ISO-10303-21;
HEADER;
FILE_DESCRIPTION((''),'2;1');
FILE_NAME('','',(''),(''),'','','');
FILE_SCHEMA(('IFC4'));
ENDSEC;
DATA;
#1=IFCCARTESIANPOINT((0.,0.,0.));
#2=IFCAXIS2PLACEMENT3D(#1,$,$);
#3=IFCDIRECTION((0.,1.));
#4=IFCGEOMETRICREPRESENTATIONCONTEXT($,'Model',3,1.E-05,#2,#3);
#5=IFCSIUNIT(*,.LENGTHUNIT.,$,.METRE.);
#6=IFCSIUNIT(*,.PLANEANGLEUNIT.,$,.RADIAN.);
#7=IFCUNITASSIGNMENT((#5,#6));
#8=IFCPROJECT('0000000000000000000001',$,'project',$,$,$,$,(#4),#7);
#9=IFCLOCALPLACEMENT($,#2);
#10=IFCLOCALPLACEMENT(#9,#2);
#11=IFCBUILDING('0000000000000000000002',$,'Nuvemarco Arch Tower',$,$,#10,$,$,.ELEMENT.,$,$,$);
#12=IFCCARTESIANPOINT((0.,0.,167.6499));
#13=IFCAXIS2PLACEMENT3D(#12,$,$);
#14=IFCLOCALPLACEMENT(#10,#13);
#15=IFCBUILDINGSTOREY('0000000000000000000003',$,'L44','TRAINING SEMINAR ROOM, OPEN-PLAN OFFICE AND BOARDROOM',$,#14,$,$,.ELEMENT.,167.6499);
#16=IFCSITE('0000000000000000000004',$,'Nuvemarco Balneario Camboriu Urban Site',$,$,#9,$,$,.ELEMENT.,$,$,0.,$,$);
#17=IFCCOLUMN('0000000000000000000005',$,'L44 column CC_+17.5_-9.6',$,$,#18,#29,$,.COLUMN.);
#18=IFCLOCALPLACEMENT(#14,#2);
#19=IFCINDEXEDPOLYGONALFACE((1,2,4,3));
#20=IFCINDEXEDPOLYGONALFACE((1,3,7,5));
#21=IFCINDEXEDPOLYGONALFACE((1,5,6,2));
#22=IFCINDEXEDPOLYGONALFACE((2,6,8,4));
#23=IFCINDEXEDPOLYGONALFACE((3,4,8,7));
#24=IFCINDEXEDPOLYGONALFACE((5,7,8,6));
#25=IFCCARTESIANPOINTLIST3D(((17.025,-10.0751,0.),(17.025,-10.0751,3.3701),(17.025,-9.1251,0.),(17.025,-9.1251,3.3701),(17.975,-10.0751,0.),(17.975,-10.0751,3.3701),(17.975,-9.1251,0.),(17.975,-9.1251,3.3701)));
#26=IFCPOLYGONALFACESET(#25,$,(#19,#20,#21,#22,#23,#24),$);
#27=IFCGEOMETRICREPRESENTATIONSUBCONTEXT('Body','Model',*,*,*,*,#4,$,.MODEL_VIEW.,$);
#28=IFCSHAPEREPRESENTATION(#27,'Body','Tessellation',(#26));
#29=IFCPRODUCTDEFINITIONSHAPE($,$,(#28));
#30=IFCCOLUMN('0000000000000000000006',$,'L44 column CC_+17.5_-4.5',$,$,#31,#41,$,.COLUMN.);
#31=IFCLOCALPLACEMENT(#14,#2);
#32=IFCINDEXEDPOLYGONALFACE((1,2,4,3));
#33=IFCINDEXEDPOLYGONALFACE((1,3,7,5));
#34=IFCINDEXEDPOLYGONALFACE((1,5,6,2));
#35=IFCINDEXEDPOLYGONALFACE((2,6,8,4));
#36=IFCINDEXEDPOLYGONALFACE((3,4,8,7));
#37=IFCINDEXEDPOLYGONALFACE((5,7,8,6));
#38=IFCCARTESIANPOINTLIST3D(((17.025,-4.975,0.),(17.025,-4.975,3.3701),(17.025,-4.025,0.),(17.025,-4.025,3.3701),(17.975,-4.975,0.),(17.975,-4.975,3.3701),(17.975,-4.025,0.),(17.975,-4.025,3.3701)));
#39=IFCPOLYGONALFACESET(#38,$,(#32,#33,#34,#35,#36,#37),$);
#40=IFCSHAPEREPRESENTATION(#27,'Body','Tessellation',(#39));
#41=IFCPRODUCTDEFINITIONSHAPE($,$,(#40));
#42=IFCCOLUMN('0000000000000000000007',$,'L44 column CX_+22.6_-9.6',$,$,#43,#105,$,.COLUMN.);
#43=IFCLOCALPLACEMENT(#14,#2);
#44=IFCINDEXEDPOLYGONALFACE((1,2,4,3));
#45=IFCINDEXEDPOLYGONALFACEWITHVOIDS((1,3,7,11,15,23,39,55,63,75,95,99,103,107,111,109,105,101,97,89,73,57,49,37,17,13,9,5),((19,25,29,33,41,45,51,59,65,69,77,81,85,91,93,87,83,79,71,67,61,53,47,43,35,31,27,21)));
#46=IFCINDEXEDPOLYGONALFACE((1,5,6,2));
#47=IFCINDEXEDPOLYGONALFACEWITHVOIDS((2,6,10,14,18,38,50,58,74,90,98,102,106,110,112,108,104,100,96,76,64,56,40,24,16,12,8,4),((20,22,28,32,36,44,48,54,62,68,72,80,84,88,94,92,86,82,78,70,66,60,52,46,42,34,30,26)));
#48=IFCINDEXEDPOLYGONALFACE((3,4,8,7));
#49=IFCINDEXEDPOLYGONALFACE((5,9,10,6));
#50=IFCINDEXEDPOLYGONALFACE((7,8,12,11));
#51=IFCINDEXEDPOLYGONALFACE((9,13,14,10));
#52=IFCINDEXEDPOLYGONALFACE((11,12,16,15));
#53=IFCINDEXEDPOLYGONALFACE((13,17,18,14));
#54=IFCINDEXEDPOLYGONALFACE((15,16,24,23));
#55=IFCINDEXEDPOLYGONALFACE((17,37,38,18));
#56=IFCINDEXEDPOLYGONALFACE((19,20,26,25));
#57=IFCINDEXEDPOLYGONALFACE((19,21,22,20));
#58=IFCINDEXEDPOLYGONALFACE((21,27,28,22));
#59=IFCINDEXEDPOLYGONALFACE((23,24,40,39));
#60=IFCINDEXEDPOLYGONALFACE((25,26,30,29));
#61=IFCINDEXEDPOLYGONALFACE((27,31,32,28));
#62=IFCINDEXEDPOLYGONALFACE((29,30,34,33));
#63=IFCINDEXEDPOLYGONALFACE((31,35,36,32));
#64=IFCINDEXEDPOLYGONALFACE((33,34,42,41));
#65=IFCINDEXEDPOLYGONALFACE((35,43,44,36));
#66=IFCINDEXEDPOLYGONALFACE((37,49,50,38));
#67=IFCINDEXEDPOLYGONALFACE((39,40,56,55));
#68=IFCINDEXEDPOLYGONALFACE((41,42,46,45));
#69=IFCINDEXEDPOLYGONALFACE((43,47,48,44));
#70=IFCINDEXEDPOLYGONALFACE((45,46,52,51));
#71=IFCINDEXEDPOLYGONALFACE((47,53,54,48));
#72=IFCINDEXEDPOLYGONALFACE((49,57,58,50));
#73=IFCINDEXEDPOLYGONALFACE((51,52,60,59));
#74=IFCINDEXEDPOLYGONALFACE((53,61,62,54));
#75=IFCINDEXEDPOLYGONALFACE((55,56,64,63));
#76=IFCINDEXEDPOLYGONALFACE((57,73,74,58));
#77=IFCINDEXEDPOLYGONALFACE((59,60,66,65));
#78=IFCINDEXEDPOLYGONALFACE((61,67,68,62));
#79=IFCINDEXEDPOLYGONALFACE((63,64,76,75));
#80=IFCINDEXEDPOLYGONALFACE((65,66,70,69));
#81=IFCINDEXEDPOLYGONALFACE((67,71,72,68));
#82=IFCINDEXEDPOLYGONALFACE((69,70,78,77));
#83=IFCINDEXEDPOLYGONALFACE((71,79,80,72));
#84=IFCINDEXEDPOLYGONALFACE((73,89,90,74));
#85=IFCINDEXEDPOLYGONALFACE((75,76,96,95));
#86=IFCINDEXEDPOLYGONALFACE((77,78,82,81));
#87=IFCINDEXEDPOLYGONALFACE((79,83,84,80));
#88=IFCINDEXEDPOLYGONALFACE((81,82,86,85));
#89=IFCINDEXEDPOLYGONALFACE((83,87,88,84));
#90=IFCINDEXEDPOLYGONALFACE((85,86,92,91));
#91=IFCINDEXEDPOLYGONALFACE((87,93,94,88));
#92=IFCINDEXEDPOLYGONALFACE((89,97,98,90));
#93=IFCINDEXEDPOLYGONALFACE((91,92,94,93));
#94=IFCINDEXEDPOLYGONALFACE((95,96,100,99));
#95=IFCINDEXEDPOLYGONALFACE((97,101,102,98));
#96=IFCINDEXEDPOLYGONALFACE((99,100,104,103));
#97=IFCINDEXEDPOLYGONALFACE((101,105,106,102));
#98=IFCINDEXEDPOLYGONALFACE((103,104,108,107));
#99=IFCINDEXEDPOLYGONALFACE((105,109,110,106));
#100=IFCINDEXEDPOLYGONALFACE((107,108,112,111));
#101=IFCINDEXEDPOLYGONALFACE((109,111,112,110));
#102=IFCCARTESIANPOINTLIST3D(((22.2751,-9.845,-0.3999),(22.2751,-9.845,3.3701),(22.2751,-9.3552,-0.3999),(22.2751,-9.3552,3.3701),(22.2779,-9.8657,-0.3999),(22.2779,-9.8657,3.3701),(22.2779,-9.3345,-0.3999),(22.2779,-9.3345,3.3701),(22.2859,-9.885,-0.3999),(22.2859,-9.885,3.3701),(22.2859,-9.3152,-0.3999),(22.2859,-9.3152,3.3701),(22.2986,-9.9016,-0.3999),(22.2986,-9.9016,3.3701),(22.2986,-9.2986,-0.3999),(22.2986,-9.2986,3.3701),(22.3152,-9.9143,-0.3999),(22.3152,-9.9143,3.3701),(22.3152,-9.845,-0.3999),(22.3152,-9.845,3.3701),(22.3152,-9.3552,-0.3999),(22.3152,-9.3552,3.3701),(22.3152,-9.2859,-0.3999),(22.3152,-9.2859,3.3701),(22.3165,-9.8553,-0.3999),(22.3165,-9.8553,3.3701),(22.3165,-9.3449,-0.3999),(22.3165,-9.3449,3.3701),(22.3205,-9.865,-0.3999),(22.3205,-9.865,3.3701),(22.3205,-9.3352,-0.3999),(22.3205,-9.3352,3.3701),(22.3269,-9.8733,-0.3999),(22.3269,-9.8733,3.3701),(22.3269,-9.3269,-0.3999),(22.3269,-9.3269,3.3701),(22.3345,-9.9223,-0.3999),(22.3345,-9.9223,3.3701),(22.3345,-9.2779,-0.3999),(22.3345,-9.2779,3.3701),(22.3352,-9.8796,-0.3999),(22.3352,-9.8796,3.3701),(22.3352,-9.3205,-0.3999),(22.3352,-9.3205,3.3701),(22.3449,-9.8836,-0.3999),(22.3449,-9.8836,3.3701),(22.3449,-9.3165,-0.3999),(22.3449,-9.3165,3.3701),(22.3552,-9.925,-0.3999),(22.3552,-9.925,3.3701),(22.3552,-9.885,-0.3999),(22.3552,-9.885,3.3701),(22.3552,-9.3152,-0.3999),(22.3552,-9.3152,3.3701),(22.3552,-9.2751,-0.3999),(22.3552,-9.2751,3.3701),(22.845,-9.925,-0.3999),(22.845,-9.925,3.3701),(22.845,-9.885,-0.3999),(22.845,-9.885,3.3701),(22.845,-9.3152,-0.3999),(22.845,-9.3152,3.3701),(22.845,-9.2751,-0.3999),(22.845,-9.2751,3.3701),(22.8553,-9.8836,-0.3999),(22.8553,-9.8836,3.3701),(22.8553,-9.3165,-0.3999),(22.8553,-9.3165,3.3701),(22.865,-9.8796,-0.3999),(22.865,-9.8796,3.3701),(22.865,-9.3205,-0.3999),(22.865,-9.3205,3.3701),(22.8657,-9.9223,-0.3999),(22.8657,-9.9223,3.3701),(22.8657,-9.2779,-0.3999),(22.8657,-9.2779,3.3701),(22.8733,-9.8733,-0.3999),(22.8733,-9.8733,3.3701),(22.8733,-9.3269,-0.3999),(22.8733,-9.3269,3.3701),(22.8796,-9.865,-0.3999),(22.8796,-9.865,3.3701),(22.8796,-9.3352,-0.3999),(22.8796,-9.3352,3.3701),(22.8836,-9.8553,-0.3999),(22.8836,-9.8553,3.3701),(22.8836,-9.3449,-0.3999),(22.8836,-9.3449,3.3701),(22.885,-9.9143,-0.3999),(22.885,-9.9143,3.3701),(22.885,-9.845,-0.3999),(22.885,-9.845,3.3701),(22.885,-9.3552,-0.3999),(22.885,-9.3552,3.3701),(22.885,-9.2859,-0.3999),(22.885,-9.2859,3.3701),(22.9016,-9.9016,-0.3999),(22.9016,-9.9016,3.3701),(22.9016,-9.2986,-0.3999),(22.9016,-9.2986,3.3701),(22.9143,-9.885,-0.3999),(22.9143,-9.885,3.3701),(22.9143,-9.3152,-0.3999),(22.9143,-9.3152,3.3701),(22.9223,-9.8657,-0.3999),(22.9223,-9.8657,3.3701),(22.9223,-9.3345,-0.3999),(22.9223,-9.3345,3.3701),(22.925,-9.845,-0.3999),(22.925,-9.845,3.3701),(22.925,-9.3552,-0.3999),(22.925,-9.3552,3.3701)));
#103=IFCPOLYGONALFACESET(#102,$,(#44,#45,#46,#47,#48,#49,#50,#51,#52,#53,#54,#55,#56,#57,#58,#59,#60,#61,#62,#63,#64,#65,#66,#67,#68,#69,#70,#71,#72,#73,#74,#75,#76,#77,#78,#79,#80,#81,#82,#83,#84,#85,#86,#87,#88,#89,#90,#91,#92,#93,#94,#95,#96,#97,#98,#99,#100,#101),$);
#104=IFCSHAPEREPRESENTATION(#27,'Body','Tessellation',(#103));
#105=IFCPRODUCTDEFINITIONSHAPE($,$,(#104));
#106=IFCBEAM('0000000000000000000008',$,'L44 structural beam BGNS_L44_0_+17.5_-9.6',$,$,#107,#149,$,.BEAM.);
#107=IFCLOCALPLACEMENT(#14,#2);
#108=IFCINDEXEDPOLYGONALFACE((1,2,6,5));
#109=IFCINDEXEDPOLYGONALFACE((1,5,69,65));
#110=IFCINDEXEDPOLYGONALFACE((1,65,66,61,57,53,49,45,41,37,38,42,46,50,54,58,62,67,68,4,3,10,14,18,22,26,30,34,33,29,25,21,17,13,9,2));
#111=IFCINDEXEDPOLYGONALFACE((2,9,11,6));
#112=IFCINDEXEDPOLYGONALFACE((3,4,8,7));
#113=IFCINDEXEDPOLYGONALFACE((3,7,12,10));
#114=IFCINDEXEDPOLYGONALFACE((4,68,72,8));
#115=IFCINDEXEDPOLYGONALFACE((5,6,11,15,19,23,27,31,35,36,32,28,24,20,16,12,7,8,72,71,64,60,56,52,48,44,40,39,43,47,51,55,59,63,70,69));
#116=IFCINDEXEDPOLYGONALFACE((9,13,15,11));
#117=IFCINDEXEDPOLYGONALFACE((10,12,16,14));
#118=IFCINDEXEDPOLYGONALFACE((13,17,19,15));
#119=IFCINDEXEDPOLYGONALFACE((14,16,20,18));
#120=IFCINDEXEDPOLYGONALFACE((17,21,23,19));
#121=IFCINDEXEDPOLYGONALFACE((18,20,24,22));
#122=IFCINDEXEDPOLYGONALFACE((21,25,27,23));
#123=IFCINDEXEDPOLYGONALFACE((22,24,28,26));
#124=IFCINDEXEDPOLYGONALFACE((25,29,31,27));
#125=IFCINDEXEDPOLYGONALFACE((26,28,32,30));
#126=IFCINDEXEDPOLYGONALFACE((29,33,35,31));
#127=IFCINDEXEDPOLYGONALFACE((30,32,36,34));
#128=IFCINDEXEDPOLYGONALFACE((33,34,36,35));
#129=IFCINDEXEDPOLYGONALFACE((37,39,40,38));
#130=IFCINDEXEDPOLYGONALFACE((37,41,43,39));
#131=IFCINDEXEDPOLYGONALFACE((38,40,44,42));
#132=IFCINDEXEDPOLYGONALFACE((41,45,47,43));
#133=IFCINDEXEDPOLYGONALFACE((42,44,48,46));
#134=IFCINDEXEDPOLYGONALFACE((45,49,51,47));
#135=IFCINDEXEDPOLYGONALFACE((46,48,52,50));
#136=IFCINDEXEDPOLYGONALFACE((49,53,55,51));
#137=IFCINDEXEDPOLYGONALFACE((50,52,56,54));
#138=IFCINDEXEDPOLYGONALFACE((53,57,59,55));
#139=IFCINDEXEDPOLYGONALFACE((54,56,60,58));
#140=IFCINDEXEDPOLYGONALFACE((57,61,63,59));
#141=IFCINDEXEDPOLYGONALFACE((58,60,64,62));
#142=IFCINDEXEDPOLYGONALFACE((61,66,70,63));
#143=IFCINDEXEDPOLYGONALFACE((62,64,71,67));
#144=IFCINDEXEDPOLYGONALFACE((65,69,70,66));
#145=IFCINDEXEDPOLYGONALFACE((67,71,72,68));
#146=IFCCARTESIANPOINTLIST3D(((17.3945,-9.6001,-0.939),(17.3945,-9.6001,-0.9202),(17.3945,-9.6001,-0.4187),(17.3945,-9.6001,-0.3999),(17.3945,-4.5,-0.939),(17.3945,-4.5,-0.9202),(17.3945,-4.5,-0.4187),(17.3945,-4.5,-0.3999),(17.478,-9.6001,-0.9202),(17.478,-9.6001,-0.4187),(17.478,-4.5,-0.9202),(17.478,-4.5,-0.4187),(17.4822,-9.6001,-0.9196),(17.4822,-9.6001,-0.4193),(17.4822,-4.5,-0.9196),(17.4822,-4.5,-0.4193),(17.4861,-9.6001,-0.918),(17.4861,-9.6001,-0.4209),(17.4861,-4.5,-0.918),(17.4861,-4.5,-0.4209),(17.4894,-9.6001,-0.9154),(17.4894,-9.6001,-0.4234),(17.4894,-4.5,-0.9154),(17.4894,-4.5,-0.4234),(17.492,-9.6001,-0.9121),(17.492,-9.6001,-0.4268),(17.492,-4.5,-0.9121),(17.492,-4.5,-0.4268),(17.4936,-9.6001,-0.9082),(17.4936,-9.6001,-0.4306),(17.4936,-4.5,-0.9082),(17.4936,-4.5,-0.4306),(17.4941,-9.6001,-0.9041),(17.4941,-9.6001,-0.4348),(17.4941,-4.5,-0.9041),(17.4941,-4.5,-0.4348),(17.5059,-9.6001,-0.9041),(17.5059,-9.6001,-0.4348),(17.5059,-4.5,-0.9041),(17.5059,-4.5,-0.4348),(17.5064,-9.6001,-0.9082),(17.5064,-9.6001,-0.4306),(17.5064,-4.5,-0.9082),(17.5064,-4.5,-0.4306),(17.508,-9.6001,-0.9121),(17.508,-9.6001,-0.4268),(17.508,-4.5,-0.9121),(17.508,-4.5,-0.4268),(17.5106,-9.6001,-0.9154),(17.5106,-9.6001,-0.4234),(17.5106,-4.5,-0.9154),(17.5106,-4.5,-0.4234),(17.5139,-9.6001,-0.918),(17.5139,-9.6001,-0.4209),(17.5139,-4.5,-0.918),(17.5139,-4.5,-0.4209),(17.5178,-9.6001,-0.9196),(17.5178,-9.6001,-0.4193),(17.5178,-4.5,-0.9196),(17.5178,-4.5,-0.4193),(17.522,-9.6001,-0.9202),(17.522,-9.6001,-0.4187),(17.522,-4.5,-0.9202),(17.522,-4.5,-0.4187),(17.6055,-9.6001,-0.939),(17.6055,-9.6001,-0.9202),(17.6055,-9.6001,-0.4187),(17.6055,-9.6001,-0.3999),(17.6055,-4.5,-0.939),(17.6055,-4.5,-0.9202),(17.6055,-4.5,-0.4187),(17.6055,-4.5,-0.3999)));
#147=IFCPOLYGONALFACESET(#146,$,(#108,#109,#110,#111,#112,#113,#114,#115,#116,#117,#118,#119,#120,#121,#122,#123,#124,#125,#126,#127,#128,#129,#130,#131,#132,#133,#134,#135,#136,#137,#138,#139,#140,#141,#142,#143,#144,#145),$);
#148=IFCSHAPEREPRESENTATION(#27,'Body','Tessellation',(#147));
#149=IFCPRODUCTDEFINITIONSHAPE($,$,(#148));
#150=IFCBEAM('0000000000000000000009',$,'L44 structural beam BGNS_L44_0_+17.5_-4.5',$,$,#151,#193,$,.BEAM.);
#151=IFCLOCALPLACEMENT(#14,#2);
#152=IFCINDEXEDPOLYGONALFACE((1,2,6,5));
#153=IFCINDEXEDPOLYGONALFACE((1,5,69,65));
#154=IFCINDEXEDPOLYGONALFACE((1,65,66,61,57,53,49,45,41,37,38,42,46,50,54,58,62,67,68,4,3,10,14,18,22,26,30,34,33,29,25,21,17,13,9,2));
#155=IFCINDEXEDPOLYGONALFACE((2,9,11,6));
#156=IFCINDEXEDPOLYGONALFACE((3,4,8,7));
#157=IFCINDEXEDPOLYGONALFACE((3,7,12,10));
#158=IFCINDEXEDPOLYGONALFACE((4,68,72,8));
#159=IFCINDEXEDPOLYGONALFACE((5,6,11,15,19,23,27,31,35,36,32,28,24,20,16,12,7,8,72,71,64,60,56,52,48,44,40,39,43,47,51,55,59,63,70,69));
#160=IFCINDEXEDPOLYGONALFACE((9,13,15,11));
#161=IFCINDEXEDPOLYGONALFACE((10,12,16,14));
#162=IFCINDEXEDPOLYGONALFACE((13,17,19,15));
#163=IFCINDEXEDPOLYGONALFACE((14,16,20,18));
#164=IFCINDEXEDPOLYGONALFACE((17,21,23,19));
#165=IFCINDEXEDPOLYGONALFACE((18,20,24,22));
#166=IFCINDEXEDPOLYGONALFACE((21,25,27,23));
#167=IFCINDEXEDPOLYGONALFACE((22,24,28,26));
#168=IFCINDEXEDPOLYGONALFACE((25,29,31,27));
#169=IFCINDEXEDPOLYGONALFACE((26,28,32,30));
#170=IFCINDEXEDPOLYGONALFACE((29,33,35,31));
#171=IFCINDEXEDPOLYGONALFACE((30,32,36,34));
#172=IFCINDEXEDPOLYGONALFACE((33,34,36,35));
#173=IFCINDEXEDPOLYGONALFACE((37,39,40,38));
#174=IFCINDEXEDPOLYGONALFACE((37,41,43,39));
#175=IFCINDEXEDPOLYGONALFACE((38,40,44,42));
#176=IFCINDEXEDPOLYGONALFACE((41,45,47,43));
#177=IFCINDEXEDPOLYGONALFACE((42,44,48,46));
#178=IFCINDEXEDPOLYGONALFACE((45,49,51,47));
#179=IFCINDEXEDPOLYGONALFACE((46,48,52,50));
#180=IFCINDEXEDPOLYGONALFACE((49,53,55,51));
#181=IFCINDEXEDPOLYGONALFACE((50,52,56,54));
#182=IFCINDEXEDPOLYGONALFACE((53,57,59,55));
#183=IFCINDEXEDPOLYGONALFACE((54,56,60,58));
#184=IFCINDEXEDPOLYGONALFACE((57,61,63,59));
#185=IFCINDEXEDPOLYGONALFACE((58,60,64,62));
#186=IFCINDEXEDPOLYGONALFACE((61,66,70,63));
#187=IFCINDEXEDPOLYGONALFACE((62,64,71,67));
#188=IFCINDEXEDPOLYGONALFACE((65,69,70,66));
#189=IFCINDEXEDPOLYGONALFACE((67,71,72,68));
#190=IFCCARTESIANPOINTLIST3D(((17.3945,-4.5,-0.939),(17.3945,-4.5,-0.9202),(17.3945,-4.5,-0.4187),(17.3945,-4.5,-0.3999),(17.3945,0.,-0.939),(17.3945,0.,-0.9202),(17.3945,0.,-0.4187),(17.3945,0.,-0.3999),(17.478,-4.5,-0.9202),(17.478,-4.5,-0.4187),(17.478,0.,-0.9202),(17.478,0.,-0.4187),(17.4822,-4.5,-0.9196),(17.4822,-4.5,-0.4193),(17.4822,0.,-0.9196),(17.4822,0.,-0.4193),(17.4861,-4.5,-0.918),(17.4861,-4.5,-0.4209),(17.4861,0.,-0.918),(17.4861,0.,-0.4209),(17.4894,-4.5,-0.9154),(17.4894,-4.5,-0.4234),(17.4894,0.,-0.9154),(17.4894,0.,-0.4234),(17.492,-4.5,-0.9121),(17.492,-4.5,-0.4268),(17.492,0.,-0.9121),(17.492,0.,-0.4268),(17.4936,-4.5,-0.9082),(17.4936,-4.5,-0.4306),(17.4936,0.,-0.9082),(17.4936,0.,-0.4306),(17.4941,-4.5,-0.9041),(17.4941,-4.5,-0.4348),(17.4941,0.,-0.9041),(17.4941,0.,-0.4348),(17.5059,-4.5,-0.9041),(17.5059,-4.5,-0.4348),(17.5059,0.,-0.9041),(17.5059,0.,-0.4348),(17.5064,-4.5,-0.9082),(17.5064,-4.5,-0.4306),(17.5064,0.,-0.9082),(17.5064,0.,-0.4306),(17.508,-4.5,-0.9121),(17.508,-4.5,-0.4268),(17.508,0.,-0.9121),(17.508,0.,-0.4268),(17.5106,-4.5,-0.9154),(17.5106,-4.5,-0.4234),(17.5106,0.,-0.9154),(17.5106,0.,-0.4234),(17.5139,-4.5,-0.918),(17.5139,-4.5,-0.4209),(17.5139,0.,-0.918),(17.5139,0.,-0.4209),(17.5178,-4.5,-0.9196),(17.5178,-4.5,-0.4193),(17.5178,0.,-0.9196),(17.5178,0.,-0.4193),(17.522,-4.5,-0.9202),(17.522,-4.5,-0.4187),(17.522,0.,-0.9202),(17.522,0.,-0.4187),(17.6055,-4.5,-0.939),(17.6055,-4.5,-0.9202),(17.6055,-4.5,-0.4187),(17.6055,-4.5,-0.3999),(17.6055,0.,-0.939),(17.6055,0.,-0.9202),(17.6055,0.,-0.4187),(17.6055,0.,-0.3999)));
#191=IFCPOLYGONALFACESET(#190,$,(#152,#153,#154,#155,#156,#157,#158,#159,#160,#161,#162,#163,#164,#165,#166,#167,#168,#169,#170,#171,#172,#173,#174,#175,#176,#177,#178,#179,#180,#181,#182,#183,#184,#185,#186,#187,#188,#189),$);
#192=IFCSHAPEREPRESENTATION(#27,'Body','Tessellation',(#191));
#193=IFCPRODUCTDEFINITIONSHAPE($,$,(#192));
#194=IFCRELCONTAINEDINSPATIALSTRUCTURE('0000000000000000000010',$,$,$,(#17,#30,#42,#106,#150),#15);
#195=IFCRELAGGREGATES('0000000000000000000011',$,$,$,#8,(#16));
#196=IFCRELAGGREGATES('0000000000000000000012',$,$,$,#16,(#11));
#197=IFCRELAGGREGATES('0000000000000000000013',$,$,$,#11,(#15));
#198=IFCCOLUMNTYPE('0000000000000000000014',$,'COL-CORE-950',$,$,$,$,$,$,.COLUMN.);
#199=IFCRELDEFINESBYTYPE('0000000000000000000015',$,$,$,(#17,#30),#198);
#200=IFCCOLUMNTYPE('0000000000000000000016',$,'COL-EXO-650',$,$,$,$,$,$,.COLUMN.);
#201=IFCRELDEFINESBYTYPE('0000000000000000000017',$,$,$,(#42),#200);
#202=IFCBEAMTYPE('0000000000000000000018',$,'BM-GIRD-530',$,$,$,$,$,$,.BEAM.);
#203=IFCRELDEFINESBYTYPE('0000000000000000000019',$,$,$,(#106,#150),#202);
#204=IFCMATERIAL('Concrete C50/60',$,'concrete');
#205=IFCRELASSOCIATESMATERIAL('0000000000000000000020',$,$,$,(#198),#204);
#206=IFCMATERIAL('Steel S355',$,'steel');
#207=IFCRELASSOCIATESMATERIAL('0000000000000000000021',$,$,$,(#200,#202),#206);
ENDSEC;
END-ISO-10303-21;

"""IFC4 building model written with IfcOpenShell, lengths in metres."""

from ifc_helpers import new_model, si_unit, direction, frame, origin, origin_2d, place, context, subcontext, project, spatial, rectangle, hollow_rectangle, i_section, extrude, material, material_profile, profile_set, type_object, element, save


model = new_model("IFC4")

# Units and contexts
model_context = context("Model", 3, precision=1e-05, world=origin(), true_north=direction((0.0, 1.0)))
body_context = subcontext(model_context, "Body", "Model", "MODEL_VIEW")
ifc_project = project(units=[si_unit("LENGTHUNIT", "METRE"), si_unit("PLANEANGLEUNIT", "RADIAN")], contexts=[model_context])

# Site, building, storey
site_placement = place(None, origin())
site = spatial("IfcSite", under=ifc_project, at=site_placement, Name="Nuvemarco Balneario Camboriu Urban Site", CompositionType="ELEMENT", RefElevation=0.0)
building_placement = place(site_placement, origin())
building = spatial("IfcBuilding", under=site, at=building_placement, Name="Nuvemarco Arch Tower", CompositionType="ELEMENT")
storey_placement = place(building_placement, frame((0.0, 0.0, 167.6499)))
storey = spatial("IfcBuildingStorey", under=building, at=storey_placement, Name="L44", Description="TRAINING SEMINAR ROOM, OPEN-PLAN OFFICE AND BOARDROOM", CompositionType="ELEMENT", Elevation=167.6499)

# Columns
ifc_material_1 = material(Name="Concrete C50/60", Category="concrete")
ifc_material_profile_1 = material_profile(ifc_material_1, rectangle(XDim=0.95, YDim=0.95, at=origin_2d()), Name="RC-COL-950x950")
ifc_profile_set_1 = profile_set([ifc_material_profile_1], Name="Concrete C50/60")
column_type_1 = type_object("IfcColumnType", Name="COL-CORE-950", PredefinedType="COLUMN", material=ifc_profile_set_1)
for number, where, z_axis, x_axis, name in (
    (1, (17.5, -9.6001, 0.0), (0.0, 0.0, 1.0), (1.0, 0.0, 0.0), "L44 column CC_+17.5_-9.6"),
    (2, (17.5, -4.5, 0.0), (0.0, 0.0, 1.0), (1.0, 0.0, 0.0), "L44 column CC_+17.5_-4.5"),
):
    element("IfcColumn", number, at=place(storey_placement, frame(where, z_axis=z_axis, x_axis=x_axis)), inside=storey, type_object=column_type_1, Name=name, PredefinedType="COLUMN", context=body_context, shape_type="SweptSolid", body=[
        extrude(rectangle(XDim=0.95, YDim=0.95, at=origin_2d()), origin(), (0.0, 0.0, 1.0), 3.3701),
    ])
ifc_material_2 = material(Name="Steel S355", Category="steel")
ifc_material_profile_2 = material_profile(ifc_material_2, hollow_rectangle(XDim=0.6499, YDim=0.6499, WallThickness=0.04, InnerFilletRadius=0.04, OuterFilletRadius=0.0801, at=origin_2d()), Name="SHS650x650x40")
ifc_profile_set_2 = profile_set([ifc_material_profile_2], Name="Steel S355")
column_type_2 = type_object("IfcColumnType", Name="COL-EXO-650", PredefinedType="COLUMN", material=ifc_profile_set_2)
column_placement = place(storey_placement, frame((22.6001, -9.6001, -0.3999), z_axis=(0.0, 0.0, 1.0), x_axis=(1.0, 0.0, 0.0)))
element("IfcColumn", 3, at=column_placement, inside=storey, type_object=column_type_2, Name="L44 column CX_+22.6_-9.6", PredefinedType="COLUMN", context=body_context, shape_type="SweptSolid", body=[
    extrude(hollow_rectangle(XDim=0.6499, YDim=0.6499, WallThickness=0.04, InnerFilletRadius=0.04, OuterFilletRadius=0.0801, at=origin_2d()), origin(), (0.0, 0.0, 1.0), 3.77),
])

# Beams
ifc_material_profile_3 = material_profile(ifc_material_2, i_section(OverallWidth=0.2109, OverallDepth=0.5391, WebThickness=0.0117, FlangeThickness=0.0188, FilletRadius=0.0161, at=origin_2d()), Name="W530x109")
ifc_profile_set_3 = profile_set([ifc_material_profile_3], Name="Steel S355")
beam_type_1 = type_object("IfcBeamType", Name="BM-GIRD-530", PredefinedType="BEAM", material=ifc_profile_set_3)
beam_1_placement = place(storey_placement, frame((17.5, -9.6001, -0.6694), z_axis=(0.0, 1.0, 0.0), x_axis=(-1.0, 0.0, 0.0)))
element("IfcBeam", 4, at=beam_1_placement, inside=storey, type_object=beam_type_1, Name="L44 structural beam BGNS_L44_0_+17.5_-9.6", PredefinedType="BEAM", context=body_context, shape_type="SweptSolid", body=[
    extrude(i_section(OverallWidth=0.2109, OverallDepth=0.5391, WebThickness=0.0117, FlangeThickness=0.0188, FilletRadius=0.0161, at=origin_2d()), origin(), (0.0, 0.0, 1.0), 5.1001),
])
beam_2_placement = place(storey_placement, frame((17.5, -4.5, -0.6694), z_axis=(0.0, 1.0, 0.0), x_axis=(-1.0, 0.0, 0.0)))
element("IfcBeam", 5, at=beam_2_placement, inside=storey, type_object=beam_type_1, Name="L44 structural beam BGNS_L44_0_+17.5_-4.5", PredefinedType="BEAM", context=body_context, shape_type="SweptSolid", body=[
    extrude(i_section(OverallWidth=0.2109, OverallDepth=0.5391, WebThickness=0.0117, FlangeThickness=0.0188, FilletRadius=0.0161, at=origin_2d()), origin(), (0.0, 0.0, 1.0), 4.5),
])

save(model, "model.ifc")
